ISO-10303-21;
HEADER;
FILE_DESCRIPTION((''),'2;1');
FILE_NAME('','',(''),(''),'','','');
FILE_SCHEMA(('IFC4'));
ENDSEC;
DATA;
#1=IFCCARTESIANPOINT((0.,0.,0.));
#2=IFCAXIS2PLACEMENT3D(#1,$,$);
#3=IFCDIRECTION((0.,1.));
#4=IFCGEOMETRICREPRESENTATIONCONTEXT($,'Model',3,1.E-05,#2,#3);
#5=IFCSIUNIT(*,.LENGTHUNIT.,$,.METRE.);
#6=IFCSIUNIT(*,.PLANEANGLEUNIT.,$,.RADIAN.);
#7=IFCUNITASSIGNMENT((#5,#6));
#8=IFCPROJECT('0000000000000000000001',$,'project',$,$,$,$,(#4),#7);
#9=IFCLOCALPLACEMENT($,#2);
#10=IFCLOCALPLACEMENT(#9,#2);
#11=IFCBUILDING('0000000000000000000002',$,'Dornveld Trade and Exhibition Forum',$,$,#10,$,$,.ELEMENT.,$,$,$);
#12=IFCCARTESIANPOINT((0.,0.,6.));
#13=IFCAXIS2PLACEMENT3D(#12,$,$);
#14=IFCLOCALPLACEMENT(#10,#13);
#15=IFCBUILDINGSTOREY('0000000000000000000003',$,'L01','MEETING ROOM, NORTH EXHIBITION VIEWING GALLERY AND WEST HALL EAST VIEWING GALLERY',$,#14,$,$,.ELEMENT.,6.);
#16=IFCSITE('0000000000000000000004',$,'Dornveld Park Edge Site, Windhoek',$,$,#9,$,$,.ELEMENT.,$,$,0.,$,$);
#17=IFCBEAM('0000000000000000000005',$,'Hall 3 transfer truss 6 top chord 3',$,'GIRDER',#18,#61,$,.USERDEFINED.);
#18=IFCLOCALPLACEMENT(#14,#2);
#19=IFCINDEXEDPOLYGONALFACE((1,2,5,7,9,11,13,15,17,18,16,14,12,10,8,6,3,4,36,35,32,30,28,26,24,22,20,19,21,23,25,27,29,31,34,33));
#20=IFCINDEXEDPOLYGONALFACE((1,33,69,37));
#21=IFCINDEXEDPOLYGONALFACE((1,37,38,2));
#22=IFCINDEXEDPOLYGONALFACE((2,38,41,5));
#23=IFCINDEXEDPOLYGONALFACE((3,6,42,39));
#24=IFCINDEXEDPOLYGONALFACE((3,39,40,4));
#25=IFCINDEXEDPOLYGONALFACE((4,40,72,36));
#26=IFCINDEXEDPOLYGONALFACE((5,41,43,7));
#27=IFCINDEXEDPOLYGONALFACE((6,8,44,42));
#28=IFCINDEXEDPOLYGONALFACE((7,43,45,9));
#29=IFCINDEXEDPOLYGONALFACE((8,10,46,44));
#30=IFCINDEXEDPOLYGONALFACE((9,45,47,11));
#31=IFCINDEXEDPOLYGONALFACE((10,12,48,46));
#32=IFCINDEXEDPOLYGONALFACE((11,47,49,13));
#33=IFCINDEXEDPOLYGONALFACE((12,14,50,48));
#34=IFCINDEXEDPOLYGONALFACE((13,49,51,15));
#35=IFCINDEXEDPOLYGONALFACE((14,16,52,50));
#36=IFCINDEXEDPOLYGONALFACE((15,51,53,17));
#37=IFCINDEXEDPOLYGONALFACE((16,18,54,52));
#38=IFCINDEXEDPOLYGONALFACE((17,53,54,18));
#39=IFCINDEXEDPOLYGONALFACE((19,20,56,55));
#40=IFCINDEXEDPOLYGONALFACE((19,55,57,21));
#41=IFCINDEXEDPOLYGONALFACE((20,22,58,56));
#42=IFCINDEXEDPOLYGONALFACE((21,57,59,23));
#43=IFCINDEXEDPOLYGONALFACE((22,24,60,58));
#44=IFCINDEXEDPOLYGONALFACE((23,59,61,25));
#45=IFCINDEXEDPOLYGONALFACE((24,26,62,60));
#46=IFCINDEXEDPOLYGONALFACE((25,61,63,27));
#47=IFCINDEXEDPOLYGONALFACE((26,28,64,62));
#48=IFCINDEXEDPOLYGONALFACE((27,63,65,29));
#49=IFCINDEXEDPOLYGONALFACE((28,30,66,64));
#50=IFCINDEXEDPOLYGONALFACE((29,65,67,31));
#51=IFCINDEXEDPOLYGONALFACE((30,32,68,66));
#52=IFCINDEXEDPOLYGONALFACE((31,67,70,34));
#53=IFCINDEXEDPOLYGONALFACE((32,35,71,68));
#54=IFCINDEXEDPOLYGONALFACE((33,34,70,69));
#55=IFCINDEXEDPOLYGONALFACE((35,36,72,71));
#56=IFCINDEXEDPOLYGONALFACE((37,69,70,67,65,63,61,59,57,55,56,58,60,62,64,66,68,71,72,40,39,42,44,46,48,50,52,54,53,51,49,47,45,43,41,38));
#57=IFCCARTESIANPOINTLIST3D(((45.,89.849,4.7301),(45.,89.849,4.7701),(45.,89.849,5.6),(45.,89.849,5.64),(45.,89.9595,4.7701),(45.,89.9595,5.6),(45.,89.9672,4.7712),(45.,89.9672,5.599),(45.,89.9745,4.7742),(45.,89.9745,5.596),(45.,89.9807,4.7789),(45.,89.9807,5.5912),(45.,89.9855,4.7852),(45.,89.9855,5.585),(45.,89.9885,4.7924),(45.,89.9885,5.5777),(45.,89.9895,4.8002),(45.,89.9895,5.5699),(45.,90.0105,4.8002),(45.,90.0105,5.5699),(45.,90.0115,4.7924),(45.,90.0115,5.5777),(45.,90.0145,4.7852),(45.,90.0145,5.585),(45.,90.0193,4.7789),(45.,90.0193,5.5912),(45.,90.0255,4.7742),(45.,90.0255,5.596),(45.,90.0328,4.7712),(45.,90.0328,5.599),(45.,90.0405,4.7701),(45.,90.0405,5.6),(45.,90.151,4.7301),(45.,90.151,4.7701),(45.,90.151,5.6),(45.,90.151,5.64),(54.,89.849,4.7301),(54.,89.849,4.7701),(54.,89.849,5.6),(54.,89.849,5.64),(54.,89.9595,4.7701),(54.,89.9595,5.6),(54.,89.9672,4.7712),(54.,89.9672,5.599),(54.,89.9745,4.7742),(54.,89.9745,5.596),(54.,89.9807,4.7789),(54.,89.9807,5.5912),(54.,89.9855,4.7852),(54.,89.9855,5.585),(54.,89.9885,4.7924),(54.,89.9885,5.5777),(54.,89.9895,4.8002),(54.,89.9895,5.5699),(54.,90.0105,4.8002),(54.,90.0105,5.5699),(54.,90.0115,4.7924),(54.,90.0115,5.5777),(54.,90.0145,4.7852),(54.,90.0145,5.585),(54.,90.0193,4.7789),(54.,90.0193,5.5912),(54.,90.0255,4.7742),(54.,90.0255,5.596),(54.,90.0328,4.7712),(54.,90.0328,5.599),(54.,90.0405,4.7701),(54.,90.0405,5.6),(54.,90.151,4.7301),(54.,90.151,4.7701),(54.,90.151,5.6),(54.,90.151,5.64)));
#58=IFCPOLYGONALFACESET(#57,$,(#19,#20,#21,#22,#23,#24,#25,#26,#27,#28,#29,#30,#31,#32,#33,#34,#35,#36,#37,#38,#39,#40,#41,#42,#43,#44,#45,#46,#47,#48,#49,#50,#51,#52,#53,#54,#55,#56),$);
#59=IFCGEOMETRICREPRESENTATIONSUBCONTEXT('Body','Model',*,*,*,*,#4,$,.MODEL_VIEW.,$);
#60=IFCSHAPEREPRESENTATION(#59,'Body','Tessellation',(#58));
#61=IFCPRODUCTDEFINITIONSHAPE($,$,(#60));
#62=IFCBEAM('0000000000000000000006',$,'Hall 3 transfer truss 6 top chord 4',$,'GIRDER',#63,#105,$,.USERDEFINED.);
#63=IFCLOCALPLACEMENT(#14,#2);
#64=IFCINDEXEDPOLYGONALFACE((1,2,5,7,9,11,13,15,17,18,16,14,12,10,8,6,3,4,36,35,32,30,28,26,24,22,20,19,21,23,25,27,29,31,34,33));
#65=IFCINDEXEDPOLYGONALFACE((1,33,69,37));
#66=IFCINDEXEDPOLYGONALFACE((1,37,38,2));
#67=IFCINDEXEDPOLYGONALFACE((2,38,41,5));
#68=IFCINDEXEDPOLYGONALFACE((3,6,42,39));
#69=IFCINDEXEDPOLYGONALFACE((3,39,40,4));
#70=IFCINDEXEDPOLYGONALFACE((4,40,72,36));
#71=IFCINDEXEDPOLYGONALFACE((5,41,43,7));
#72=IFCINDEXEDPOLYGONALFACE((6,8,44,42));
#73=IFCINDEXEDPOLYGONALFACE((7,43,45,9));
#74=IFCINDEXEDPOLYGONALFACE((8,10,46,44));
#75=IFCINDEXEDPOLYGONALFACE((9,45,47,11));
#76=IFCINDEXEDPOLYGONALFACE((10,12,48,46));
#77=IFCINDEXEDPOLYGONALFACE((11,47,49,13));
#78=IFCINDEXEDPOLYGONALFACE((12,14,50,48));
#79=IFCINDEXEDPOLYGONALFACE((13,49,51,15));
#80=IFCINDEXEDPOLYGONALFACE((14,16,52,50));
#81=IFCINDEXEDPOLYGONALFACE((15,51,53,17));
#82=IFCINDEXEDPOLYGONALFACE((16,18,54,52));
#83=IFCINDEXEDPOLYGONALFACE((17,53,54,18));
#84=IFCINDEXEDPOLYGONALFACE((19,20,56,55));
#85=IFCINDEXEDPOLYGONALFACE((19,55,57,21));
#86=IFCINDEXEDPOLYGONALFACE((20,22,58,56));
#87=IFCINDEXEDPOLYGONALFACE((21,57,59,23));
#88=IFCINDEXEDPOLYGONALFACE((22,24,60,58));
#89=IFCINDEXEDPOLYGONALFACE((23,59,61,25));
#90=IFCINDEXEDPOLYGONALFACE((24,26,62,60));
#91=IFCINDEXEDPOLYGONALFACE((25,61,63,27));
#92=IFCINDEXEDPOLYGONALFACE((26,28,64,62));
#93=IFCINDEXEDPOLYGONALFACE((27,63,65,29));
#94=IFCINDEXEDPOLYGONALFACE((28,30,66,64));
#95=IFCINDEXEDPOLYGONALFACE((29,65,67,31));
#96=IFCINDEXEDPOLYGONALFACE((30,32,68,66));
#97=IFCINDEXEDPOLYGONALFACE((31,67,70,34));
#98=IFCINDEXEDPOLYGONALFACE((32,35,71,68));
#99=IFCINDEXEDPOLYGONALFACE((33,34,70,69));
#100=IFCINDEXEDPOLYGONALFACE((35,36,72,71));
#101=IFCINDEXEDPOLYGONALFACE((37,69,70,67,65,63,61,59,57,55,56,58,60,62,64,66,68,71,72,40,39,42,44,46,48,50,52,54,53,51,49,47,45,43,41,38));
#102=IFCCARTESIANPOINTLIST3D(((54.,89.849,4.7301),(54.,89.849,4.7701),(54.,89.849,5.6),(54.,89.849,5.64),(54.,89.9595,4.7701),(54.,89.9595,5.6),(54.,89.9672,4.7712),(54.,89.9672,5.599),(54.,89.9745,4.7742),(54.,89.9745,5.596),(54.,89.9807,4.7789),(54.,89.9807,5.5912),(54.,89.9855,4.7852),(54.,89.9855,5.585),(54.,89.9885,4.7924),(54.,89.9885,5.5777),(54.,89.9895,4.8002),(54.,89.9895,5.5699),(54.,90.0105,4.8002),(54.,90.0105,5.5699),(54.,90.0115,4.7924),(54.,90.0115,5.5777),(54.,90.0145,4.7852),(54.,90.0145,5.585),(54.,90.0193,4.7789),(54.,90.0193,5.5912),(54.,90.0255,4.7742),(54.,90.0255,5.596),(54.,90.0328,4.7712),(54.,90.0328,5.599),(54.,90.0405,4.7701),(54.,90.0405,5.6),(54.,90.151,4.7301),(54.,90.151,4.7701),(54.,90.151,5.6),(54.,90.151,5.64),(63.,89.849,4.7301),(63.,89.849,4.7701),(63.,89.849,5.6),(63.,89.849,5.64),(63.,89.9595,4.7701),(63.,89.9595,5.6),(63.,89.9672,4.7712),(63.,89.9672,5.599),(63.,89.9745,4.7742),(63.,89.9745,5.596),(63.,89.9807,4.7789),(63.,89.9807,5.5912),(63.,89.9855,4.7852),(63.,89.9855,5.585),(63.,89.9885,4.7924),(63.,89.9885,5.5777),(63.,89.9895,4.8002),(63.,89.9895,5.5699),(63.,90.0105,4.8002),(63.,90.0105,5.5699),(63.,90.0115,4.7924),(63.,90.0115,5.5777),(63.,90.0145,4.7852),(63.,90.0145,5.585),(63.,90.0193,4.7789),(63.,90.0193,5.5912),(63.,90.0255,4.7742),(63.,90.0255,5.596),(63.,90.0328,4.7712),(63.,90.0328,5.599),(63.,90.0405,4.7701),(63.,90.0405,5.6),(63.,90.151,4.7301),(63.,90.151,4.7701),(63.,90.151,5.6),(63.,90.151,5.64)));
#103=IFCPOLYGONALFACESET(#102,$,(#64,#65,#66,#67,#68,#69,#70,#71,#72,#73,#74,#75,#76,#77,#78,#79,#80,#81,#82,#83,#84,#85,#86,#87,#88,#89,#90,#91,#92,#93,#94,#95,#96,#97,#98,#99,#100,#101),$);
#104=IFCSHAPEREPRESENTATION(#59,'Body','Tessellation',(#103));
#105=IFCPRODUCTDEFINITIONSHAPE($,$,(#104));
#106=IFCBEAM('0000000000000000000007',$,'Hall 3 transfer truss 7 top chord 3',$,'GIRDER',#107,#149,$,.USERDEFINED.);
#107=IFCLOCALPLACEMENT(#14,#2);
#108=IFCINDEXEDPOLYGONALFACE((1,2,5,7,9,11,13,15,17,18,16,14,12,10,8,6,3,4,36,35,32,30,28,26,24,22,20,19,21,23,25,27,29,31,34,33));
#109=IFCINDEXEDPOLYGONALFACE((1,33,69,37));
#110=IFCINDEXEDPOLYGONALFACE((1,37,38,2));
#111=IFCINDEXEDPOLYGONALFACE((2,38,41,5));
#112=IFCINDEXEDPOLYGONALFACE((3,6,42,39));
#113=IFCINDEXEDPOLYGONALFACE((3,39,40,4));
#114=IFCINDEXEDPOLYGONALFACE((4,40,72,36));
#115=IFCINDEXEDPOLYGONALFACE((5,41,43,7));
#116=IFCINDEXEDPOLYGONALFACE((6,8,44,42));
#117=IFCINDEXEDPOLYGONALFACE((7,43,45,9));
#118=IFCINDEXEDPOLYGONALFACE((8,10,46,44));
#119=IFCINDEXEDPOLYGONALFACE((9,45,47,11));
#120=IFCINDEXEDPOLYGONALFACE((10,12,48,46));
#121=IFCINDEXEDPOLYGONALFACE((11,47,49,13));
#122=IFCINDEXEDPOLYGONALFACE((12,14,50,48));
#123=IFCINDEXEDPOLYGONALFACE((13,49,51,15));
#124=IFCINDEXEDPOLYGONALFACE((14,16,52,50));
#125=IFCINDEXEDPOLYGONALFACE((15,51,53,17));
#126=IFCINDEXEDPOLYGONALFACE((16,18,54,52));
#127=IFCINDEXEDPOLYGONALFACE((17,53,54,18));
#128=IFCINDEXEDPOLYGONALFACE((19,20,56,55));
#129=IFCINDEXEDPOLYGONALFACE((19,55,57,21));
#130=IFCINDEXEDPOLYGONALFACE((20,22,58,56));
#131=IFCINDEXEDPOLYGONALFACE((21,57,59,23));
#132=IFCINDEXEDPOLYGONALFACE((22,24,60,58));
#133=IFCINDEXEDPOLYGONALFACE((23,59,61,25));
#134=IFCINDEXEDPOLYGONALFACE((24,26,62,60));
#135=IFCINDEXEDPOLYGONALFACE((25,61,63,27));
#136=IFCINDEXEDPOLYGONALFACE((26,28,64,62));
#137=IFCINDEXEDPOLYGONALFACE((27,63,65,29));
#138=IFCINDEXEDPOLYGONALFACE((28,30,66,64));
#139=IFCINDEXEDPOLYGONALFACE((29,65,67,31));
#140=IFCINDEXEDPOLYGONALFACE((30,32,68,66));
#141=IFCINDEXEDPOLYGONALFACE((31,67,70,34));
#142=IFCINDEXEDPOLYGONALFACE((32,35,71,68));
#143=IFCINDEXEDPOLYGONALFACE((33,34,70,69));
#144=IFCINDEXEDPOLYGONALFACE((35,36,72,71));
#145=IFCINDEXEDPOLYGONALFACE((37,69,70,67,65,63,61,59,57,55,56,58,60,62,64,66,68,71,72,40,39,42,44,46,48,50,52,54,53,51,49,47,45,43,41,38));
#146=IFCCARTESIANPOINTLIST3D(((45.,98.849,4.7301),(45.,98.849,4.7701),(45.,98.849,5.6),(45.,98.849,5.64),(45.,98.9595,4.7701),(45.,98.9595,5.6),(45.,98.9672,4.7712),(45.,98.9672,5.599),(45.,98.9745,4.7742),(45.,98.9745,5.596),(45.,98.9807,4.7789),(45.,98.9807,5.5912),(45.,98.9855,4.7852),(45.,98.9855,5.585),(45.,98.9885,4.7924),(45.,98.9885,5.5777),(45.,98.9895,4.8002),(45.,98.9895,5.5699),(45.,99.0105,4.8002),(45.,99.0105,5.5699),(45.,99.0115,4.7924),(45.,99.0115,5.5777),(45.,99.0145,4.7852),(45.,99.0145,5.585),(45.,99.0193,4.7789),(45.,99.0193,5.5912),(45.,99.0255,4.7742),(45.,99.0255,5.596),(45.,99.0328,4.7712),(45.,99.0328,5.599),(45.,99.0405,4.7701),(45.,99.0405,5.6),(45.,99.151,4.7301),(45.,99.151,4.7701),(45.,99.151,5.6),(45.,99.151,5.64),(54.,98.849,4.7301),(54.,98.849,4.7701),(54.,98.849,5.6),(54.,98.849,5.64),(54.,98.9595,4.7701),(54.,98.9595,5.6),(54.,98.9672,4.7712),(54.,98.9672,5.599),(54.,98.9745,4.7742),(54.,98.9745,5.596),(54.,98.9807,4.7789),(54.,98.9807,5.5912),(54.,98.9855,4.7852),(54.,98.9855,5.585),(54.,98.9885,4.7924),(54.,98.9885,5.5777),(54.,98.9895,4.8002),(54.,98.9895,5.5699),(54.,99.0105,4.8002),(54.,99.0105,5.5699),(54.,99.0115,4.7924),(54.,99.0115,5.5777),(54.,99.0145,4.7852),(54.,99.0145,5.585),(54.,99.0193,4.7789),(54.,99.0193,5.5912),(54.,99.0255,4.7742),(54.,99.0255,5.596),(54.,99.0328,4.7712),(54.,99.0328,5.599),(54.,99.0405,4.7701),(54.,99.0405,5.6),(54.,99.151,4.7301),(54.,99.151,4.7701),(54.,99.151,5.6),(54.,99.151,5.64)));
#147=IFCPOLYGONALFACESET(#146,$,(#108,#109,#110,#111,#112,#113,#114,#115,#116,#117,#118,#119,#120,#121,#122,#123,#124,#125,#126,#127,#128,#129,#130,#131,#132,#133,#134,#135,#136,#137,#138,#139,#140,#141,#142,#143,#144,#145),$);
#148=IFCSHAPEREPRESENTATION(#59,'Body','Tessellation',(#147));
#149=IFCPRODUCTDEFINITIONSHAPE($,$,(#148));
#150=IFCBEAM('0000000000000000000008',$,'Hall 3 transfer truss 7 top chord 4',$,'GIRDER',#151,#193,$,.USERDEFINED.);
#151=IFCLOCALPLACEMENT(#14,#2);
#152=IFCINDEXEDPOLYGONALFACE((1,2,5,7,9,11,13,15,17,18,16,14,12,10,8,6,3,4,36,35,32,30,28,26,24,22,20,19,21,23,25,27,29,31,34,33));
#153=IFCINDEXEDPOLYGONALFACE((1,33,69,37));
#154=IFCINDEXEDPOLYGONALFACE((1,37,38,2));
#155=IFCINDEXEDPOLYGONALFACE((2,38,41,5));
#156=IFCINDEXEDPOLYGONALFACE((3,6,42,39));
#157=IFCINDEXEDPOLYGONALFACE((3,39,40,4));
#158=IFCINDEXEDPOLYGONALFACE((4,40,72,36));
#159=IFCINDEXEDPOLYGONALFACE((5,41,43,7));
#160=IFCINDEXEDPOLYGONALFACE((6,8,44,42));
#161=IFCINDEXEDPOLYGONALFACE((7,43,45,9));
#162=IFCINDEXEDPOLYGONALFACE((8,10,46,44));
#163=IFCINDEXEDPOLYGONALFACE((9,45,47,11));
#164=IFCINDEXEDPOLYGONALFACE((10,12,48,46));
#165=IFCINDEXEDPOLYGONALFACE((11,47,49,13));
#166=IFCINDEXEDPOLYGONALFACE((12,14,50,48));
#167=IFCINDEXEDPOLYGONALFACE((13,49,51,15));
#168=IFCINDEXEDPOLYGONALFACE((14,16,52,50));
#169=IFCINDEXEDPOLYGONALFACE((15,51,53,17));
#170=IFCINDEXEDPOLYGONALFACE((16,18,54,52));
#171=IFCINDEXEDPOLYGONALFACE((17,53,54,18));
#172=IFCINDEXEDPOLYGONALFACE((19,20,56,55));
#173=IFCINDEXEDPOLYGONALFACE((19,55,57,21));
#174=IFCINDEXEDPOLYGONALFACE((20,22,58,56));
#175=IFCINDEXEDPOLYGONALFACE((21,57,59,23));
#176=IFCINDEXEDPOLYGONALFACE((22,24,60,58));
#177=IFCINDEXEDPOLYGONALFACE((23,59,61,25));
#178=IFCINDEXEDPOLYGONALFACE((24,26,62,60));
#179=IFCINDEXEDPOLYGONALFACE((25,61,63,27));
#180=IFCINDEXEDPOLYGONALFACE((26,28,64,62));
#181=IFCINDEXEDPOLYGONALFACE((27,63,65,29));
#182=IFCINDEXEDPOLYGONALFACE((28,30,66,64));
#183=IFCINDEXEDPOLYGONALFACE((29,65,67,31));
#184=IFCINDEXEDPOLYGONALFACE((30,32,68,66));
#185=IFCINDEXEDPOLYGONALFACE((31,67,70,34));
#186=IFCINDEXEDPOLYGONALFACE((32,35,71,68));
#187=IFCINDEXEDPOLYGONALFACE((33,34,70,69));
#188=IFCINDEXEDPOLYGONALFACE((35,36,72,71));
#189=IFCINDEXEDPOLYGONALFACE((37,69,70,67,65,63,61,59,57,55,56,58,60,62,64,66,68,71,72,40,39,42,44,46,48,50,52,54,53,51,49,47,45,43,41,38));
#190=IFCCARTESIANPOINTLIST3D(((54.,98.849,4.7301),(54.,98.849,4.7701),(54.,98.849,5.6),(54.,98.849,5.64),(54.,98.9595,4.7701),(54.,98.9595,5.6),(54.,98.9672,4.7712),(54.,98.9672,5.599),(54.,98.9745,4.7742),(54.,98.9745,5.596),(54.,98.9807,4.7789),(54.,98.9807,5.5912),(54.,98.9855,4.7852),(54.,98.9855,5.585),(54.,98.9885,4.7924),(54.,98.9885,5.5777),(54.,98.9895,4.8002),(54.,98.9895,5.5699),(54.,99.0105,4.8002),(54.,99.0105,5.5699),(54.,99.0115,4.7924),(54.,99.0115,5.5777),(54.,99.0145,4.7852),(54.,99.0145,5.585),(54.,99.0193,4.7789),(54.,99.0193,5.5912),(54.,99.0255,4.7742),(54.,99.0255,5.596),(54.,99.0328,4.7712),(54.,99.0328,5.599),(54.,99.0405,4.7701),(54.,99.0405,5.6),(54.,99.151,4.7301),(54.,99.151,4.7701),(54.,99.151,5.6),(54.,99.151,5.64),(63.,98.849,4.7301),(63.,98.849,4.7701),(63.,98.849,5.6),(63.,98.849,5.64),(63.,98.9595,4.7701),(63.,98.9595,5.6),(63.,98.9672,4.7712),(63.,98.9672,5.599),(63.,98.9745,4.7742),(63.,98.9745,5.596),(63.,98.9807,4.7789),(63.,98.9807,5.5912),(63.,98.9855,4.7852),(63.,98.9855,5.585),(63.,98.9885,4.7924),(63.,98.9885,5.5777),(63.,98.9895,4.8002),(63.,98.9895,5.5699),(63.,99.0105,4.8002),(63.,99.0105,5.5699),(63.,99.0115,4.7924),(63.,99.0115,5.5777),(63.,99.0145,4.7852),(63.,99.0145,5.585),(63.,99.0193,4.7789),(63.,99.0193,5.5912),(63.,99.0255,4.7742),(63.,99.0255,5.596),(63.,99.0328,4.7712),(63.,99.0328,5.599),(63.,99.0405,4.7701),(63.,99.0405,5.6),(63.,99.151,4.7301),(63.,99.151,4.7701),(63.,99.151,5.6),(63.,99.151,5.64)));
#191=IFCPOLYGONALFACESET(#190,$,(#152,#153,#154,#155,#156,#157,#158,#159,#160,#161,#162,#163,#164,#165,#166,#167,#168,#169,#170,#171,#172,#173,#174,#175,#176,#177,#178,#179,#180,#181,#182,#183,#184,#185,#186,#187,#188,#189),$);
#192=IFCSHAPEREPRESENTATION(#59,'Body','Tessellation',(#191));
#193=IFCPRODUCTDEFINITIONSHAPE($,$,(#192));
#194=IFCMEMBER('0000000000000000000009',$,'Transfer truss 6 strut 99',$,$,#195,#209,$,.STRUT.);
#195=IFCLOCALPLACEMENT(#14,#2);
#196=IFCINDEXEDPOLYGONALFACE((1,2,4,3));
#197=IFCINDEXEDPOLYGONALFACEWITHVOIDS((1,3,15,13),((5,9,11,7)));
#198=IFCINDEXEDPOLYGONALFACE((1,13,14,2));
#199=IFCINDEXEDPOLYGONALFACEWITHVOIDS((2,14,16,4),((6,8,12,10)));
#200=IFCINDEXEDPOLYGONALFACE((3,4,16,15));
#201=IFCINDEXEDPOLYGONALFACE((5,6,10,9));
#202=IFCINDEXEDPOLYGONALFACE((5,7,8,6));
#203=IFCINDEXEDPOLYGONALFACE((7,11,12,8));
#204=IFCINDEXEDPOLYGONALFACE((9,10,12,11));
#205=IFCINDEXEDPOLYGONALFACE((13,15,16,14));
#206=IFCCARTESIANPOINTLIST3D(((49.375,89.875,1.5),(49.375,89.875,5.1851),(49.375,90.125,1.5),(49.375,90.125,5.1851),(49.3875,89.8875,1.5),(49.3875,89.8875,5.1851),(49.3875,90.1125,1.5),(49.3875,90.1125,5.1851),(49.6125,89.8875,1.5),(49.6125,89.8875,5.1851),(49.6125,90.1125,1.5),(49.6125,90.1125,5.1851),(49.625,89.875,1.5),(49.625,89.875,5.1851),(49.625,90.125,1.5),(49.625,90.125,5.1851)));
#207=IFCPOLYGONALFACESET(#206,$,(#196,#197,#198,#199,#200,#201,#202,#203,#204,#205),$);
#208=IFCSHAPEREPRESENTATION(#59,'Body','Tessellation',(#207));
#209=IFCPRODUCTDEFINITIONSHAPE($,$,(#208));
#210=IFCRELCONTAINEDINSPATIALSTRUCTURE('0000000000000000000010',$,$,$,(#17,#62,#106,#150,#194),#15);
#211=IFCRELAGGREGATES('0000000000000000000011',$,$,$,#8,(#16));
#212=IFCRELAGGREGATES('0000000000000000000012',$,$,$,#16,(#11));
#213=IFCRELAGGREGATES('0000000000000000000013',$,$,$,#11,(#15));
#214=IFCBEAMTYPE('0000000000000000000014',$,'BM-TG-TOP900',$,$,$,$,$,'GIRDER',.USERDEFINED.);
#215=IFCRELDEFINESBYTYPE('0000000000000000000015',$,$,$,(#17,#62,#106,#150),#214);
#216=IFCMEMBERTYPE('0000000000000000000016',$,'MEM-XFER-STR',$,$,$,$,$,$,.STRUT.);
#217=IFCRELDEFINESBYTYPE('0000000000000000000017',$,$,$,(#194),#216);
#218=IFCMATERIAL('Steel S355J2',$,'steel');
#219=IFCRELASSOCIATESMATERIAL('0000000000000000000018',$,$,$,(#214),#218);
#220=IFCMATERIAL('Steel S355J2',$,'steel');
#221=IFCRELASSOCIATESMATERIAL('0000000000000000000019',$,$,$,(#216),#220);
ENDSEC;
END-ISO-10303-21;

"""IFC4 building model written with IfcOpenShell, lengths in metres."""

from ifc_helpers import new_model, si_unit, direction, frame, origin, origin_2d, place, context, subcontext, project, spatial, hollow_rectangle, i_section, extrude, material, material_profile, profile_set, type_object, element, save


model = new_model("IFC4")

# Units and contexts
model_context = context("Model", 3, precision=1e-05, world=origin(), true_north=direction((0.0, 1.0)))
body_context = subcontext(model_context, "Body", "Model", "MODEL_VIEW")
ifc_project = project(units=[si_unit("LENGTHUNIT", "METRE"), si_unit("PLANEANGLEUNIT", "RADIAN")], contexts=[model_context])

# Site, building, storey
site_placement = place(None, origin())
site = spatial("IfcSite", under=ifc_project, at=site_placement, Name="Dornveld Park Edge Site, Windhoek", CompositionType="ELEMENT", RefElevation=0.0)
building_placement = place(site_placement, origin())
building = spatial("IfcBuilding", under=site, at=building_placement, Name="Dornveld Trade and Exhibition Forum", CompositionType="ELEMENT")
storey_placement = place(building_placement, frame((0.0, 0.0, 6.0)))
storey = spatial("IfcBuildingStorey", under=building, at=storey_placement, Name="L01", Description="MEETING ROOM, NORTH EXHIBITION VIEWING GALLERY AND WEST HALL EAST VIEWING GALLERY", CompositionType="ELEMENT", Elevation=6.0)

# Beams
ifc_material_1 = material(Name="Steel S355J2", Category="steel")
ifc_material_profile_1 = material_profile(ifc_material_1, i_section(OverallWidth=0.302, OverallDepth=0.9099, WebThickness=0.021, FlangeThickness=0.04, FilletRadius=0.03, at=origin_2d()), Name="HEM 900")
ifc_profile_set_1 = profile_set([ifc_material_profile_1], Name="Steel S355J2")
beam_type_1 = type_object("IfcBeamType", Name="BM-TG-TOP900", ElementType="GIRDER", PredefinedType="USERDEFINED", material=ifc_profile_set_1)
for number, where, z_axis, x_axis, name in (
    (1, (45.0, 90.0, 5.1851), (1.0, 0.0, 0.0), (0.0, 1.0, 0.0), "Hall 3 transfer truss 6 top chord 3"),
    (2, (54.0, 90.0, 5.1851), (1.0, 0.0, 0.0), (0.0, 1.0, 0.0), "Hall 3 transfer truss 6 top chord 4"),
    (3, (45.0, 99.0, 5.1851), (1.0, 0.0, 0.0), (0.0, 1.0, 0.0), "Hall 3 transfer truss 7 top chord 3"),
    (4, (54.0, 99.0, 5.1851), (1.0, 0.0, 0.0), (0.0, 1.0, 0.0), "Hall 3 transfer truss 7 top chord 4"),
):
    element("IfcBeam", number, at=place(storey_placement, frame(where, z_axis=z_axis, x_axis=x_axis)), inside=storey, type_object=beam_type_1, Name=name, ObjectType="GIRDER", PredefinedType="USERDEFINED", context=body_context, shape_type="SweptSolid", body=[
        extrude(i_section(OverallWidth=0.302, OverallDepth=0.9099, WebThickness=0.021, FlangeThickness=0.04, FilletRadius=0.03, at=origin_2d()), origin(), (0.0, 0.0, 1.0), 9.0),
    ])

# Member
ifc_material_2 = material(Name="Steel S355J2", Category="steel")
ifc_material_profile_2 = material_profile(ifc_material_2, hollow_rectangle(XDim=0.25, YDim=0.25, WallThickness=0.0125, at=origin_2d()), Name="SHS 250x250x12.5")
ifc_profile_set_2 = profile_set([ifc_material_profile_2], Name="Steel S355J2")
member_type_1 = type_object("IfcMemberType", Name="MEM-XFER-STR", PredefinedType="STRUT", material=ifc_profile_set_2)
for number, where, z_axis, x_axis, name in (
    (5, (49.5, 90.0, 1.5), (0.0, 0.0, 1.0), (1.0, 0.0, 0.0), "Transfer truss 6 strut 99"),
):
    element("IfcMember", number, at=place(storey_placement, frame(where, z_axis=z_axis, x_axis=x_axis)), inside=storey, type_object=member_type_1, Name=name, PredefinedType="STRUT", context=body_context, shape_type="SweptSolid", body=[
        extrude(hollow_rectangle(XDim=0.25, YDim=0.25, WallThickness=0.0125, at=origin_2d()), origin(), (0.0, 0.0, 1.0), 3.6851),
    ])

save(model, "model.ifc")
